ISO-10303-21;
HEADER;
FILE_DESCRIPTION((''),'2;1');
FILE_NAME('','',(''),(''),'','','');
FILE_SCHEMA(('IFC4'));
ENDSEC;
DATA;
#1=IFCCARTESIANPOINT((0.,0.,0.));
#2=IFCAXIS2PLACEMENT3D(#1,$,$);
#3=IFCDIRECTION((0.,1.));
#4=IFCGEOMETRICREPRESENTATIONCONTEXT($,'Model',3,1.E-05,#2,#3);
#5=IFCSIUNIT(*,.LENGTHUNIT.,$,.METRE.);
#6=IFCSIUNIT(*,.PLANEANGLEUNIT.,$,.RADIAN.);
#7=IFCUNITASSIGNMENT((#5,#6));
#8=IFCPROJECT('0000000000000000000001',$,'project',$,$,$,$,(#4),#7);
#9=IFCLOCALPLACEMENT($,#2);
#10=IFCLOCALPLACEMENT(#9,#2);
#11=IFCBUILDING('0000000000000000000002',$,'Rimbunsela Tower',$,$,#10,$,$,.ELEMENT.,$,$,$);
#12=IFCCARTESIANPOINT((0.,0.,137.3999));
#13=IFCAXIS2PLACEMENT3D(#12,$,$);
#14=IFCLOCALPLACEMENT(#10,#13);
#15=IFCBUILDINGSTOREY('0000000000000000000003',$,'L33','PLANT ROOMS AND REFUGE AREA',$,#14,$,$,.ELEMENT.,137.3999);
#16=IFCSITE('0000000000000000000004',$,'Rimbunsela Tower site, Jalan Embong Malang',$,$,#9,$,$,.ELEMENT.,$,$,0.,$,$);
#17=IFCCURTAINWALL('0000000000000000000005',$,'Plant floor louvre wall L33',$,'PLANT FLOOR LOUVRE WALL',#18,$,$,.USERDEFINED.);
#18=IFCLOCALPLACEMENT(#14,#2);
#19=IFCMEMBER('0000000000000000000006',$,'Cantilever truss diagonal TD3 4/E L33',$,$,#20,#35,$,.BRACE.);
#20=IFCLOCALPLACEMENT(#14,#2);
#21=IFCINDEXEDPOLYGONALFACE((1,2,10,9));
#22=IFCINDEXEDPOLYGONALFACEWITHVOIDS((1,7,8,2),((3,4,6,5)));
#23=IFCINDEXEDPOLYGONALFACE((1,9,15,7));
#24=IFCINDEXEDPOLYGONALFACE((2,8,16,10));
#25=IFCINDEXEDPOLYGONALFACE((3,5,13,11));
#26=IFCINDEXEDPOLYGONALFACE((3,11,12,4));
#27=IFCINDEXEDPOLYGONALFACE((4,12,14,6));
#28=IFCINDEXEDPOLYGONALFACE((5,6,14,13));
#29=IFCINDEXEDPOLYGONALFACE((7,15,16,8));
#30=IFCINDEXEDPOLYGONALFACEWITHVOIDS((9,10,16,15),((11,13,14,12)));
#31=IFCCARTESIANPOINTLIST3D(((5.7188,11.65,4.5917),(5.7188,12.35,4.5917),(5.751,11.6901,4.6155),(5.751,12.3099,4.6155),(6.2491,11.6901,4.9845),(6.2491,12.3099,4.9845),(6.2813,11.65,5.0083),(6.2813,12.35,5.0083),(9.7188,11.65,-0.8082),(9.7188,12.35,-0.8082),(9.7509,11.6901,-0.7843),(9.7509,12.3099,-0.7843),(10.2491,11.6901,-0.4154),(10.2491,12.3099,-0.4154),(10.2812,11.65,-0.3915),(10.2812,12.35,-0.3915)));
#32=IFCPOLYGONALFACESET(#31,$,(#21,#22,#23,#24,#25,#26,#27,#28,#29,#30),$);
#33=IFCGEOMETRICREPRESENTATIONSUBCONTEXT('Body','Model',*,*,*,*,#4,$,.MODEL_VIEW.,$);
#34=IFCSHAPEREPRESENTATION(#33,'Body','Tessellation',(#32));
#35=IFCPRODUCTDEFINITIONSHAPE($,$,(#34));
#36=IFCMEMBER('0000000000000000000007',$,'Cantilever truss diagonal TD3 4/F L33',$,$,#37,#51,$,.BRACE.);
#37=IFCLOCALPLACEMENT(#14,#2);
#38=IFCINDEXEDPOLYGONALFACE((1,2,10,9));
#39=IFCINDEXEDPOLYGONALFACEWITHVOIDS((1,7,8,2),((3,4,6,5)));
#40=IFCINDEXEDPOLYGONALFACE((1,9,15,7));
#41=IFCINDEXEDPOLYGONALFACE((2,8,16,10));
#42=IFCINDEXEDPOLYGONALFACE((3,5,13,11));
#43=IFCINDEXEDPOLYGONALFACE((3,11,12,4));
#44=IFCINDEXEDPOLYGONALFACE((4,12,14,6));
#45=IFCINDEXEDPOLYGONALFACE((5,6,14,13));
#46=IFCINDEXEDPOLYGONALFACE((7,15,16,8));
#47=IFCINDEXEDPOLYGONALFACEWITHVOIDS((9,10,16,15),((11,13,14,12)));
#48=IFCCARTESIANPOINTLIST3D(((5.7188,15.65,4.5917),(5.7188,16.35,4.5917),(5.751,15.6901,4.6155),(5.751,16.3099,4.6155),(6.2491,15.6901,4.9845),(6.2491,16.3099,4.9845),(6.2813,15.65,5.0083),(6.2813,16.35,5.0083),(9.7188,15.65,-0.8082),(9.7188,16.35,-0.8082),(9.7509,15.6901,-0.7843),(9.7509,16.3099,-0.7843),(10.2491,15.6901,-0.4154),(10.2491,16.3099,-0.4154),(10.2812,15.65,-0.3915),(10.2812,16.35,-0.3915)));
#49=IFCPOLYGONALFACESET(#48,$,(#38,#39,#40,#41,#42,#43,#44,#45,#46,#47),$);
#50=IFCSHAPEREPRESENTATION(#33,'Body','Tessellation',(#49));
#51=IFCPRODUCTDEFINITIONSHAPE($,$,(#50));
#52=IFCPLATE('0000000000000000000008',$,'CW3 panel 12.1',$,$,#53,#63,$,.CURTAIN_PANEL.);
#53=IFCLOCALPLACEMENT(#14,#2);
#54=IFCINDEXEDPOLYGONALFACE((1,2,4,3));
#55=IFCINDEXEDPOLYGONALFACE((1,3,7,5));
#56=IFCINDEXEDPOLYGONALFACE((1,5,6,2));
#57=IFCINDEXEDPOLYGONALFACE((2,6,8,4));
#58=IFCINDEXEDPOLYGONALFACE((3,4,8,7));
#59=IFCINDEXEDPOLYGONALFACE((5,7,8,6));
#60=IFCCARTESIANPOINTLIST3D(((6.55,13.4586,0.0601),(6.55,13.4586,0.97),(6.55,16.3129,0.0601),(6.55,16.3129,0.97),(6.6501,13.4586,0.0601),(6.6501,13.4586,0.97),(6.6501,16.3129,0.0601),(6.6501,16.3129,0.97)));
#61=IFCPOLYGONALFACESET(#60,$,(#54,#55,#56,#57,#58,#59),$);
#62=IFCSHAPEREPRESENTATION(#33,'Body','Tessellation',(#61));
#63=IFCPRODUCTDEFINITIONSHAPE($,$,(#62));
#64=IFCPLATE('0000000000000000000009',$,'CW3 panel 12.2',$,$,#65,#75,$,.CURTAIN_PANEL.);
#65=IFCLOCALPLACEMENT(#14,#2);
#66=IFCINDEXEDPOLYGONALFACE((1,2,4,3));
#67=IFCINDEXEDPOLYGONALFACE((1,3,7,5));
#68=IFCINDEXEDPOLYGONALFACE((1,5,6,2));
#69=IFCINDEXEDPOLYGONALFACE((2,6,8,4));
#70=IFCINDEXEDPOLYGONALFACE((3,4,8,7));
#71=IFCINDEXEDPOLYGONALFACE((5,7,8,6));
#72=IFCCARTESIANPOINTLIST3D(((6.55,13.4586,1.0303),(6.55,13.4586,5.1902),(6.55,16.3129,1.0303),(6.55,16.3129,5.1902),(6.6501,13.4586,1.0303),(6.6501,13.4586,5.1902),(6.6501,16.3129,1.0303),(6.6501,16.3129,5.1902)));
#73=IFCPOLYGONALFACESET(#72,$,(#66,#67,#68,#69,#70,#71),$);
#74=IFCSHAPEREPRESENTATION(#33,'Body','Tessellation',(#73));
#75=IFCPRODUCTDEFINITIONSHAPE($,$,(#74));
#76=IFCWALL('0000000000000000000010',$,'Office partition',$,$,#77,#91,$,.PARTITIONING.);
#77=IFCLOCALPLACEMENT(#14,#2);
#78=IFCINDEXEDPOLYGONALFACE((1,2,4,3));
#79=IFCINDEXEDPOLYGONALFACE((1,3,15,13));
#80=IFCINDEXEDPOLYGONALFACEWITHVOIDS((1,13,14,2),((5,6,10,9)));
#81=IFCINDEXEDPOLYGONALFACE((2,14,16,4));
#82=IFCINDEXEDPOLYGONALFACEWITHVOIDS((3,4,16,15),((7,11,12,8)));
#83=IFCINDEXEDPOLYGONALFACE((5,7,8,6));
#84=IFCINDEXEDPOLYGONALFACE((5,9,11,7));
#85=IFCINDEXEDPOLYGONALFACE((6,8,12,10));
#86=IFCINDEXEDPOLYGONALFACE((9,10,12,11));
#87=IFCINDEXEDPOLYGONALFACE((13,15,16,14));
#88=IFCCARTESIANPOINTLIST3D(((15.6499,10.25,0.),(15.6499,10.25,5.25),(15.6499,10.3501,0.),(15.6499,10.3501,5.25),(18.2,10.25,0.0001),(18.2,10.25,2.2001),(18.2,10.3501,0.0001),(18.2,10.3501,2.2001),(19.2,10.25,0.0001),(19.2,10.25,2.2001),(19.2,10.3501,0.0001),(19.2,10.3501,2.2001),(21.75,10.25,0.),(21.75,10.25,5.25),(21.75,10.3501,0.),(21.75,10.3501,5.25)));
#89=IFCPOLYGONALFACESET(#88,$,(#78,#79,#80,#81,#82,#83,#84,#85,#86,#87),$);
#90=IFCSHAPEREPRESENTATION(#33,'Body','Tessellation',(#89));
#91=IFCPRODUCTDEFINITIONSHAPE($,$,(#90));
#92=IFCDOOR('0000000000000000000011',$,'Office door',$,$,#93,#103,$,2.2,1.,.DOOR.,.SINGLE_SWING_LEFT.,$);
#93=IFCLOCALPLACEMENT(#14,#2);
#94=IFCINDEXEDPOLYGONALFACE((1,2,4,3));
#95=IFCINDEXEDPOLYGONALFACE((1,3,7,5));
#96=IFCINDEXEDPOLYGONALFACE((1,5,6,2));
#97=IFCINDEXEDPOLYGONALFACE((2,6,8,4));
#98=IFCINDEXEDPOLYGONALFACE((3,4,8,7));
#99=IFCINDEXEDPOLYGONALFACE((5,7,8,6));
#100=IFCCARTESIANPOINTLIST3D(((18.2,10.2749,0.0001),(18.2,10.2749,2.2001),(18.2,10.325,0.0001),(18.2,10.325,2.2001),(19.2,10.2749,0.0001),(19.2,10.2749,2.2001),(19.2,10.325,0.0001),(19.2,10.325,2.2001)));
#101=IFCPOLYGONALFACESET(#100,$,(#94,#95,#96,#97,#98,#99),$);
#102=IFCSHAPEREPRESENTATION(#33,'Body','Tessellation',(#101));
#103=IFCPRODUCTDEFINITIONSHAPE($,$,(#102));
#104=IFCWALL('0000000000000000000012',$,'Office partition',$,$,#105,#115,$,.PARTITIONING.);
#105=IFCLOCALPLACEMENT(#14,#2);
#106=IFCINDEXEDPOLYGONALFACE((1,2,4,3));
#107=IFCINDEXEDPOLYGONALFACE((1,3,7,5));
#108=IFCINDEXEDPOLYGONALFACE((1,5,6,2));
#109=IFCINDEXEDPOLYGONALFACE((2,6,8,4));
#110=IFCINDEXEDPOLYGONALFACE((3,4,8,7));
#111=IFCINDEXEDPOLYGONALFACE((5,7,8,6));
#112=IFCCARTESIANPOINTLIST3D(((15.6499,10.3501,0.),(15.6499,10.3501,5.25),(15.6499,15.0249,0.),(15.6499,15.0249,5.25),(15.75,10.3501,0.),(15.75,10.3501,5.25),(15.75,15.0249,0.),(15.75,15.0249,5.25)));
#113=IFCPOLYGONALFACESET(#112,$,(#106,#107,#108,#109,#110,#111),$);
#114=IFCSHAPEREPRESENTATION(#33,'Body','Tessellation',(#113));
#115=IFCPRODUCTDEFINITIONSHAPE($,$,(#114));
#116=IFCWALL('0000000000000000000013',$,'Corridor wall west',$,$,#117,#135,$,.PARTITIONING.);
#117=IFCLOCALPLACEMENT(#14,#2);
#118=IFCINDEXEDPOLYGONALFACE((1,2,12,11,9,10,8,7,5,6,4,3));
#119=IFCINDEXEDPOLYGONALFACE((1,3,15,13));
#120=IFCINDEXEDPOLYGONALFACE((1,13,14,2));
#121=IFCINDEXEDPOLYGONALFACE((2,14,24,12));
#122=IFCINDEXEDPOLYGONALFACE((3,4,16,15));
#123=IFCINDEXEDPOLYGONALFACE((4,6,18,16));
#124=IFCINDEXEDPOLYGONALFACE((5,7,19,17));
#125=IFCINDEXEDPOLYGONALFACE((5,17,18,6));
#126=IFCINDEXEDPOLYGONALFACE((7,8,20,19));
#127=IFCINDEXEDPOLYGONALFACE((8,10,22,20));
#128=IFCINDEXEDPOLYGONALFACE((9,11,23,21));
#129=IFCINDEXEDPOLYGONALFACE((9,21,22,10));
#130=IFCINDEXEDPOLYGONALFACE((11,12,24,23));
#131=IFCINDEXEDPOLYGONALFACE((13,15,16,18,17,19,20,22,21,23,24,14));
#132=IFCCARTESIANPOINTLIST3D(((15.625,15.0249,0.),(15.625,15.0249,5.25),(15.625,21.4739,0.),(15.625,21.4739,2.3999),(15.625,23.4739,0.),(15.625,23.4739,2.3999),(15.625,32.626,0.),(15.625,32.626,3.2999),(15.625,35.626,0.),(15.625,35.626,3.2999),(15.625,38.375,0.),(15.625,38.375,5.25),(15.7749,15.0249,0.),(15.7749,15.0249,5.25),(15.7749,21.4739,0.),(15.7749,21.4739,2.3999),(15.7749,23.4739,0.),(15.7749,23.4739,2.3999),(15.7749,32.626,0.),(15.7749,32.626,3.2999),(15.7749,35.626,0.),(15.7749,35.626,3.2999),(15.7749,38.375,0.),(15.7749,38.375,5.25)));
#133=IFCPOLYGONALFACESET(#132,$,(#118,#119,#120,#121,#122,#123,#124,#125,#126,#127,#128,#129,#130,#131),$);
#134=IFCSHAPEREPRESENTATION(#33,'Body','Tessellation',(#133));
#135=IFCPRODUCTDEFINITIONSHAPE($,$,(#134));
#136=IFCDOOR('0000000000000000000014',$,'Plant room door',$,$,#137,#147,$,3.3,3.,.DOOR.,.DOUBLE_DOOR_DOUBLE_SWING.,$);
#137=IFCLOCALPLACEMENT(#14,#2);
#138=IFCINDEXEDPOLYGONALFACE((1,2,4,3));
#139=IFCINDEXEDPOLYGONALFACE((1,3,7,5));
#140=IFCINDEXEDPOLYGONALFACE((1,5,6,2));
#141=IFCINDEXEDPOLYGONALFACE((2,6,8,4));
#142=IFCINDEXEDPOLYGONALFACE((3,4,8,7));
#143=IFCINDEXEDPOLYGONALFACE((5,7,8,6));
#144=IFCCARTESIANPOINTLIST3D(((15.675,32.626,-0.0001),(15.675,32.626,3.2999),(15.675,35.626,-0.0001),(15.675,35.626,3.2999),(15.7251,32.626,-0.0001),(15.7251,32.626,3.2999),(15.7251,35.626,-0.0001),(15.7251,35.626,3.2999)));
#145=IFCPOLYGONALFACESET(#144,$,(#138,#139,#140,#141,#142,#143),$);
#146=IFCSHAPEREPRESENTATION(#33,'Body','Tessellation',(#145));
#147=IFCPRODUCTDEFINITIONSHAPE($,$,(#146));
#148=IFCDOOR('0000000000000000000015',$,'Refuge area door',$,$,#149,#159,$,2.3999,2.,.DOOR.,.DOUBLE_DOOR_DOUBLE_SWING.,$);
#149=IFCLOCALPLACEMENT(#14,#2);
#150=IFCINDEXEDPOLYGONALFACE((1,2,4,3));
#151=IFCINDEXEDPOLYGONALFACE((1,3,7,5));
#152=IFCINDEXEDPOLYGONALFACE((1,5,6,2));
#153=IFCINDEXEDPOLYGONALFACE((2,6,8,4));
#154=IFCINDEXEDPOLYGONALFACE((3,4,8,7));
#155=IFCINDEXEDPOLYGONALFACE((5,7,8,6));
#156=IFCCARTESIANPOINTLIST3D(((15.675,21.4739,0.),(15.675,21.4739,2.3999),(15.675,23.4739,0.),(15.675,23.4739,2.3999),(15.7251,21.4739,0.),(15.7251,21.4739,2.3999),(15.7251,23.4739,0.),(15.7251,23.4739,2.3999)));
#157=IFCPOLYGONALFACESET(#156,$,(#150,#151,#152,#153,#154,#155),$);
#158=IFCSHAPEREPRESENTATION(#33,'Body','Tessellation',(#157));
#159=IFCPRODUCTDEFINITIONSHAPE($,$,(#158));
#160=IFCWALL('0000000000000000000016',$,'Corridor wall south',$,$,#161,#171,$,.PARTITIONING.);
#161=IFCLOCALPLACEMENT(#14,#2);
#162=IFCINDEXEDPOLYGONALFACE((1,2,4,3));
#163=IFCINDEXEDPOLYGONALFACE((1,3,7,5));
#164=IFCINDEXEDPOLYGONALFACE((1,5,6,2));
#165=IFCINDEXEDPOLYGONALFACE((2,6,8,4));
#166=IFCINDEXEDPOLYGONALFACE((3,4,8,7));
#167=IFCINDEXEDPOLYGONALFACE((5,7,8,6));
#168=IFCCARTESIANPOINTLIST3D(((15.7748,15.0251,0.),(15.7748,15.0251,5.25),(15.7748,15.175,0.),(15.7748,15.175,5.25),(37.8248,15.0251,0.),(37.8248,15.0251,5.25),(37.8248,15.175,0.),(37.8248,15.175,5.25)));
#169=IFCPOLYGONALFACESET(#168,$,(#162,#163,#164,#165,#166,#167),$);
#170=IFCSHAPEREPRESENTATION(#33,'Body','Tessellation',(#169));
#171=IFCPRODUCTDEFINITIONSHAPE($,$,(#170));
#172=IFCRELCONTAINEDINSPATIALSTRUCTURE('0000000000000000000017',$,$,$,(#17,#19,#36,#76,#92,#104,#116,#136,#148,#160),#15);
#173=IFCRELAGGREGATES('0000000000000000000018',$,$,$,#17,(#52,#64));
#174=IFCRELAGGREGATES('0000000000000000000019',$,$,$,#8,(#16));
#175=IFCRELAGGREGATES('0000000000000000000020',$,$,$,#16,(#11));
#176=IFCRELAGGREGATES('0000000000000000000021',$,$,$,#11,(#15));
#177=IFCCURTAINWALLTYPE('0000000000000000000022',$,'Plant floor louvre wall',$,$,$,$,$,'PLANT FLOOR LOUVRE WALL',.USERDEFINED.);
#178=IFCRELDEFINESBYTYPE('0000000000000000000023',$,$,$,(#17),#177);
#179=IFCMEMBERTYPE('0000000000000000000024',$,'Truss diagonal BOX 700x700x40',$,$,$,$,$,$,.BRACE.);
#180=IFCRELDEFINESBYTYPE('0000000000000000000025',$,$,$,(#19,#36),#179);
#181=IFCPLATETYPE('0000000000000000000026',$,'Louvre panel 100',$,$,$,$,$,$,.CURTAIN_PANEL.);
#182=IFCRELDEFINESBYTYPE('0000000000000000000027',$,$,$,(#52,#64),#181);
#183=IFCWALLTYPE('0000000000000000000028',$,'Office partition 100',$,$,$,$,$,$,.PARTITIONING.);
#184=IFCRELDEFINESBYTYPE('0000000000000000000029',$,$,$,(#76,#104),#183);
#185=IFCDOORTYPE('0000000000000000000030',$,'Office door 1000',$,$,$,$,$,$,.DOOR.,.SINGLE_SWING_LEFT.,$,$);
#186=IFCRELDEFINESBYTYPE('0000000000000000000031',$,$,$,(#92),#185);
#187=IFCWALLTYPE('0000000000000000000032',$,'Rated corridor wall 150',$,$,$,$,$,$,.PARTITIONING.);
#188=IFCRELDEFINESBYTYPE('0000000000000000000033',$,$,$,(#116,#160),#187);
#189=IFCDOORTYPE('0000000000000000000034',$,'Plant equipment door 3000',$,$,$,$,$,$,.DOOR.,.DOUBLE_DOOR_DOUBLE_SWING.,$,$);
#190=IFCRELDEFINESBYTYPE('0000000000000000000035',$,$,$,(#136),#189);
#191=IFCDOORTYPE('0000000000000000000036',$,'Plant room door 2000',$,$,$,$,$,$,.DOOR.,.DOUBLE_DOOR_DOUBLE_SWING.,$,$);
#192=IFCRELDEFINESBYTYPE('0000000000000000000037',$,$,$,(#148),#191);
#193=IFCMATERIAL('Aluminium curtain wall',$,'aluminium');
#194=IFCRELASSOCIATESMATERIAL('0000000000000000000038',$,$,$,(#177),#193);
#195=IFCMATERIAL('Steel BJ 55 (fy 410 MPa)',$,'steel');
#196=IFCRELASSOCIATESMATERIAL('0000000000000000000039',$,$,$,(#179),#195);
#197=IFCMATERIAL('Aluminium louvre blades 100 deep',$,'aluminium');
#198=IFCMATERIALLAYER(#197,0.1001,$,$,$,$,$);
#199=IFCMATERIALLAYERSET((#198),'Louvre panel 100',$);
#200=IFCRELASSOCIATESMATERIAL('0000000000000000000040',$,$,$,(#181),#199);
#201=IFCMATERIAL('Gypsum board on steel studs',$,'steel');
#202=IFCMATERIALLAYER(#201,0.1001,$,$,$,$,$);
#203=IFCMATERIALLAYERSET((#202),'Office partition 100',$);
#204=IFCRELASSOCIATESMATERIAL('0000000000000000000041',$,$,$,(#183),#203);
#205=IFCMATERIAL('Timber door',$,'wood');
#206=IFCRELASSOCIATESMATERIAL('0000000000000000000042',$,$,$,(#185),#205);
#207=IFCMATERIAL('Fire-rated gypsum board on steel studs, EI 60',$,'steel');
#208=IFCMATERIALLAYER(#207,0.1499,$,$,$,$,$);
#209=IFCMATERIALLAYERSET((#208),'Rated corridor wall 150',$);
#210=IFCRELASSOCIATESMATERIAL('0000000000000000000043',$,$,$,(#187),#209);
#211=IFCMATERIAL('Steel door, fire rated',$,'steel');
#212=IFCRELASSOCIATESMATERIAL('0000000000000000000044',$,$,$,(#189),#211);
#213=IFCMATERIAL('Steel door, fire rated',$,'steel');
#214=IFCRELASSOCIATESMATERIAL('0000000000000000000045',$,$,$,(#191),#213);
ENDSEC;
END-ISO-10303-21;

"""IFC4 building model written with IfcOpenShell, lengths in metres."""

from ifc_helpers import new_model, si_unit, direction, frame, frame_2d, origin, origin_2d, place, context, subcontext, project, spatial, rectangle, hollow_rectangle, extrude, material, layer, layer_set, material_profile, profile_set, type_object, element, fill, aggregate, save


model = new_model("IFC4")

# Units and contexts
model_context = context("Model", 3, precision=1e-05, world=origin(), true_north=direction((0.0, 1.0)))
body_context = subcontext(model_context, "Body", "Model", "MODEL_VIEW")
ifc_project = project(units=[si_unit("LENGTHUNIT", "METRE"), si_unit("PLANEANGLEUNIT", "RADIAN")], contexts=[model_context])

# Site, building, storey
site_placement = place(None, origin())
site = spatial("IfcSite", under=ifc_project, at=site_placement, Name="Rimbunsela Tower site, Jalan Embong Malang", CompositionType="ELEMENT", RefElevation=0.0)
building_placement = place(site_placement, origin())
building = spatial("IfcBuilding", under=site, at=building_placement, Name="Rimbunsela Tower", CompositionType="ELEMENT")
storey_placement = place(building_placement, frame((0.0, 0.0, 137.3999)))
storey = spatial("IfcBuildingStorey", under=building, at=storey_placement, Name="L33", Description="PLANT ROOMS AND REFUGE AREA", CompositionType="ELEMENT", Elevation=137.3999)

# Curtain wall
ifc_material_1 = material(Name="Aluminium curtain wall", Category="aluminium")
curtain_wall_type = type_object("IfcCurtainWallType", Name="Plant floor louvre wall", ElementType="PLANT FLOOR LOUVRE WALL", PredefinedType="USERDEFINED", material=ifc_material_1)
curtain_wall_placement = place(storey_placement, origin())
curtain_wall = element("IfcCurtainWall", 1, at=curtain_wall_placement, inside=storey, type_object=curtain_wall_type, Name="Plant floor louvre wall L33", ObjectType="PLANT FLOOR LOUVRE WALL", PredefinedType="USERDEFINED")

# Members
ifc_material_2 = material(Name="Steel BJ 55 (fy 410 MPa)", Category="steel")
ifc_material_profile_1 = material_profile(ifc_material_2, hollow_rectangle(XDim=0.7, YDim=0.7, WallThickness=0.04, at=origin_2d()), Name="BOX 700x700x40")
ifc_profile_set_1 = profile_set([ifc_material_profile_1], Name="Steel BJ 55 (fy 410 MPa)")
member_type_1 = type_object("IfcMemberType", Name="Truss diagonal BOX 700x700x40", PredefinedType="BRACE", material=ifc_profile_set_1)
for number, where, z_axis, x_axis, name in (
    (2, (10.0, 12.0, -0.5999), (-0.595235, 0.0, 0.803552), (0.0, -1.0, 0.0), "Cantilever truss diagonal TD3 4/E L33"),
    (3, (10.0, 16.0, -0.5999), (-0.595235, 0.0, 0.803552), (0.0, -1.0, 0.0), "Cantilever truss diagonal TD3 4/F L33"),
):
    element("IfcMember", number, at=place(storey_placement, frame(where, z_axis=z_axis, x_axis=x_axis)), inside=storey, type_object=member_type_1, Name=name, PredefinedType="BRACE", context=body_context, shape_type="SweptSolid", body=[
        extrude(hollow_rectangle(XDim=0.7, YDim=0.7, WallThickness=0.04, at=origin_2d()), origin(), (0.0, 0.0, 1.0), 6.72),
    ])

# Plates
ifc_material_3 = material(Name="Aluminium louvre blades 100 deep", Category="aluminium")
ifc_layer_1 = layer(ifc_material_3, 0.1001)
ifc_layer_set_1 = layer_set([ifc_layer_1], Name="Louvre panel 100")
plate_type = type_object("IfcPlateType", Name="Louvre panel 100", PredefinedType="CURTAIN_PANEL", material=ifc_layer_set_1)
plate_1_placement = place(storey_placement, frame((6.6001, 14.8857, 0.0601), z_axis=(0.0, 0.0, 1.0), x_axis=(0.0, -1.0, 0.0)))
plate_1 = element("IfcPlate", 4, at=plate_1_placement, type_object=plate_type, Name="CW3 panel 12.1", PredefinedType="CURTAIN_PANEL", context=body_context, shape_type="SweptSolid", body=[
    extrude(rectangle(XDim=2.8542, YDim=0.1001, at=origin_2d()), origin(), (0.0, 0.0, 1.0), 0.9099),
])
plate_2_placement = place(storey_placement, frame((6.6001, 14.8857, 1.0303), z_axis=(0.0, 0.0, 1.0), x_axis=(0.0, -1.0, 0.0)))
plate_2 = element("IfcPlate", 5, at=plate_2_placement, type_object=plate_type, Name="CW3 panel 12.2", PredefinedType="CURTAIN_PANEL", context=body_context, shape_type="SweptSolid", body=[
    extrude(rectangle(XDim=2.8542, YDim=0.1001, at=origin_2d()), origin(), (0.0, 0.0, 1.0), 4.1599),
])
aggregate(curtain_wall, [plate_1, plate_2])

# Wall, opening, door
ifc_material_4 = material(Name="Gypsum board on steel studs", Category="steel")
ifc_layer_2 = layer(ifc_material_4, 0.1001)
ifc_layer_set_2 = layer_set([ifc_layer_2], Name="Office partition 100")
wall_type_1 = type_object("IfcWallType", Name="Office partition 100", PredefinedType="PARTITIONING", material=ifc_layer_set_2)
wall_1_placement = place(storey_placement, frame((15.6499, 10.3, 0.0), z_axis=(0.0, 0.0, 1.0), x_axis=(1.0, 0.0, 0.0)))
wall_1 = element("IfcWall", 6, at=wall_1_placement, inside=storey, type_object=wall_type_1, Name="Office partition", PredefinedType="PARTITIONING", context=body_context, shape_type="SweptSolid", body=[
    extrude(rectangle(XDim=6.1001, YDim=0.1001, at=frame_2d((3.05, 0.0))), origin(), (0.0, 0.0, 1.0), 5.25),
])
opening_1_placement = place(wall_1_placement, frame((2.55, 0.0, 0.0)))
opening_1 = element("IfcOpeningElement", 7, at=opening_1_placement, cuts=wall_1, PredefinedType="OPENING", context=body_context, shape_type="SweptSolid", body=[
    extrude(rectangle(XDim=1.0, YDim=2.2, at=frame_2d((0.5, 1.1001))), frame((0.0, 0.0601, 0.0), z_axis=(0.0, -1.0, 0.0), x_axis=(1.0, 0.0, 0.0)), (0.0, 0.0, 1.0), 0.1201),
])
ifc_material_5 = material(Name="Timber door", Category="wood")
door_type_1 = type_object("IfcDoorType", Name="Office door 1000", OperationType="SINGLE_SWING_LEFT", PredefinedType="DOOR", material=ifc_material_5)
door_1_placement = place(opening_1_placement, origin())
door_1 = element("IfcDoor", 8, at=door_1_placement, inside=storey, type_object=door_type_1, Name="Office door", OperationType="SINGLE_SWING_LEFT", OverallHeight=2.2, OverallWidth=1.0, PredefinedType="DOOR", context=body_context, shape_type="SweptSolid", body=[
    extrude(rectangle(XDim=1.0, YDim=2.2, at=frame_2d((0.5, 1.1001))), frame((0.0, 0.0249, 0.0), z_axis=(0.0, -1.0, 0.0), x_axis=(1.0, 0.0, 0.0)), (0.0, 0.0, 1.0), 0.05),
])
fill(opening_1, door_1)

# Wall
wall_2_placement = place(storey_placement, frame((15.7, 10.3501, 0.0), z_axis=(0.0, 0.0, 1.0), x_axis=(0.0, 1.0, 0.0)))
element("IfcWall", 9, at=wall_2_placement, inside=storey, type_object=wall_type_1, Name="Office partition", PredefinedType="PARTITIONING", context=body_context, shape_type="SweptSolid", body=[
    extrude(rectangle(XDim=4.6748, YDim=0.1001, at=frame_2d((2.3374, 0.0))), origin(), (0.0, 0.0, 1.0), 5.25),
])

# Wall, openings, doors
ifc_material_6 = material(Name="Fire-rated gypsum board on steel studs, EI 60", Category="steel")
ifc_layer_3 = layer(ifc_material_6, 0.1499)
ifc_layer_set_3 = layer_set([ifc_layer_3], Name="Rated corridor wall 150")
wall_type_2 = type_object("IfcWallType", Name="Rated corridor wall 150", PredefinedType="PARTITIONING", material=ifc_layer_set_3)
wall_3_placement = place(storey_placement, frame((15.7, 15.0249, 0.0), z_axis=(0.0, 0.0, 1.0), x_axis=(0.0, 1.0, 0.0)))
wall_3 = element("IfcWall", 10, at=wall_3_placement, inside=storey, type_object=wall_type_2, Name="Corridor wall west", PredefinedType="PARTITIONING", context=body_context, shape_type="SweptSolid", body=[
    extrude(rectangle(XDim=23.3501, YDim=0.1499, at=frame_2d((11.675, 0.0))), origin(), (0.0, 0.0, 1.0), 5.25),
])
opening_2_placement = place(wall_3_placement, frame((6.449, 0.0, 0.0)))
opening_2 = element("IfcOpeningElement", 11, at=opening_2_placement, cuts=wall_3, PredefinedType="OPENING", context=body_context, shape_type="SweptSolid", body=[
    extrude(rectangle(XDim=2.0, YDim=2.3999, at=frame_2d((1.0, 1.2))), frame((0.0, 0.085, 0.0), z_axis=(0.0, -1.0, 0.0), x_axis=(1.0, 0.0, 0.0)), (0.0, 0.0, 1.0), 0.1699),
])
opening_3_placement = place(wall_3_placement, frame((17.6011, 0.0, 0.0)))
opening_3 = element("IfcOpeningElement", 12, at=opening_3_placement, cuts=wall_3, PredefinedType="OPENING", context=body_context, shape_type="SweptSolid", body=[
    extrude(rectangle(XDim=3.0, YDim=3.3, at=frame_2d((1.5, 1.6499))), frame((0.0, 0.085, 0.0), z_axis=(0.0, -1.0, 0.0), x_axis=(1.0, 0.0, 0.0)), (0.0, 0.0, 1.0), 0.1699),
])
ifc_material_7 = material(Name="Steel door, fire rated", Category="steel")
door_type_2 = type_object("IfcDoorType", Name="Plant equipment door 3000", OperationType="DOUBLE_DOOR_DOUBLE_SWING", PredefinedType="DOOR", material=ifc_material_7)
door_2_placement = place(opening_3_placement, origin())
door_2 = element("IfcDoor", 13, at=door_2_placement, inside=storey, type_object=door_type_2, Name="Plant room door", OperationType="DOUBLE_DOOR_DOUBLE_SWING", OverallHeight=3.3, OverallWidth=3.0, PredefinedType="DOOR", context=body_context, shape_type="SweptSolid", body=[
    extrude(rectangle(XDim=3.0, YDim=3.3, at=frame_2d((1.5, 1.6499))), frame((0.0, 0.0249, 0.0), z_axis=(0.0, -1.0, 0.0), x_axis=(1.0, 0.0, 0.0)), (0.0, 0.0, 1.0), 0.05),
])
fill(opening_3, door_2)
ifc_material_8 = material(Name="Steel door, fire rated", Category="steel")
door_type_3 = type_object("IfcDoorType", Name="Plant room door 2000", OperationType="DOUBLE_DOOR_DOUBLE_SWING", PredefinedType="DOOR", material=ifc_material_8)
door_3_placement = place(opening_2_placement, origin())
door_3 = element("IfcDoor", 14, at=door_3_placement, inside=storey, type_object=door_type_3, Name="Refuge area door", OperationType="DOUBLE_DOOR_DOUBLE_SWING", OverallHeight=2.3999, OverallWidth=2.0, PredefinedType="DOOR", context=body_context, shape_type="SweptSolid", body=[
    extrude(rectangle(XDim=2.0, YDim=2.3999, at=frame_2d((1.0, 1.2))), frame((0.0, 0.0249, 0.0), z_axis=(0.0, -1.0, 0.0), x_axis=(1.0, 0.0, 0.0)), (0.0, 0.0, 1.0), 0.05),
])
fill(opening_2, door_3)

# Wall
wall_4_placement = place(storey_placement, frame((15.7749, 15.1001, 0.0), z_axis=(0.0, 0.0, 1.0), x_axis=(1.0, 0.0, 0.0)))
element("IfcWall", 15, at=wall_4_placement, inside=storey, type_object=wall_type_2, Name="Corridor wall south", PredefinedType="PARTITIONING", context=body_context, shape_type="SweptSolid", body=[
    extrude(rectangle(XDim=22.05, YDim=0.1499, at=frame_2d((11.0249, 0.0))), origin(), (0.0, 0.0, 1.0), 5.25),
])

save(model, "model.ifc")
